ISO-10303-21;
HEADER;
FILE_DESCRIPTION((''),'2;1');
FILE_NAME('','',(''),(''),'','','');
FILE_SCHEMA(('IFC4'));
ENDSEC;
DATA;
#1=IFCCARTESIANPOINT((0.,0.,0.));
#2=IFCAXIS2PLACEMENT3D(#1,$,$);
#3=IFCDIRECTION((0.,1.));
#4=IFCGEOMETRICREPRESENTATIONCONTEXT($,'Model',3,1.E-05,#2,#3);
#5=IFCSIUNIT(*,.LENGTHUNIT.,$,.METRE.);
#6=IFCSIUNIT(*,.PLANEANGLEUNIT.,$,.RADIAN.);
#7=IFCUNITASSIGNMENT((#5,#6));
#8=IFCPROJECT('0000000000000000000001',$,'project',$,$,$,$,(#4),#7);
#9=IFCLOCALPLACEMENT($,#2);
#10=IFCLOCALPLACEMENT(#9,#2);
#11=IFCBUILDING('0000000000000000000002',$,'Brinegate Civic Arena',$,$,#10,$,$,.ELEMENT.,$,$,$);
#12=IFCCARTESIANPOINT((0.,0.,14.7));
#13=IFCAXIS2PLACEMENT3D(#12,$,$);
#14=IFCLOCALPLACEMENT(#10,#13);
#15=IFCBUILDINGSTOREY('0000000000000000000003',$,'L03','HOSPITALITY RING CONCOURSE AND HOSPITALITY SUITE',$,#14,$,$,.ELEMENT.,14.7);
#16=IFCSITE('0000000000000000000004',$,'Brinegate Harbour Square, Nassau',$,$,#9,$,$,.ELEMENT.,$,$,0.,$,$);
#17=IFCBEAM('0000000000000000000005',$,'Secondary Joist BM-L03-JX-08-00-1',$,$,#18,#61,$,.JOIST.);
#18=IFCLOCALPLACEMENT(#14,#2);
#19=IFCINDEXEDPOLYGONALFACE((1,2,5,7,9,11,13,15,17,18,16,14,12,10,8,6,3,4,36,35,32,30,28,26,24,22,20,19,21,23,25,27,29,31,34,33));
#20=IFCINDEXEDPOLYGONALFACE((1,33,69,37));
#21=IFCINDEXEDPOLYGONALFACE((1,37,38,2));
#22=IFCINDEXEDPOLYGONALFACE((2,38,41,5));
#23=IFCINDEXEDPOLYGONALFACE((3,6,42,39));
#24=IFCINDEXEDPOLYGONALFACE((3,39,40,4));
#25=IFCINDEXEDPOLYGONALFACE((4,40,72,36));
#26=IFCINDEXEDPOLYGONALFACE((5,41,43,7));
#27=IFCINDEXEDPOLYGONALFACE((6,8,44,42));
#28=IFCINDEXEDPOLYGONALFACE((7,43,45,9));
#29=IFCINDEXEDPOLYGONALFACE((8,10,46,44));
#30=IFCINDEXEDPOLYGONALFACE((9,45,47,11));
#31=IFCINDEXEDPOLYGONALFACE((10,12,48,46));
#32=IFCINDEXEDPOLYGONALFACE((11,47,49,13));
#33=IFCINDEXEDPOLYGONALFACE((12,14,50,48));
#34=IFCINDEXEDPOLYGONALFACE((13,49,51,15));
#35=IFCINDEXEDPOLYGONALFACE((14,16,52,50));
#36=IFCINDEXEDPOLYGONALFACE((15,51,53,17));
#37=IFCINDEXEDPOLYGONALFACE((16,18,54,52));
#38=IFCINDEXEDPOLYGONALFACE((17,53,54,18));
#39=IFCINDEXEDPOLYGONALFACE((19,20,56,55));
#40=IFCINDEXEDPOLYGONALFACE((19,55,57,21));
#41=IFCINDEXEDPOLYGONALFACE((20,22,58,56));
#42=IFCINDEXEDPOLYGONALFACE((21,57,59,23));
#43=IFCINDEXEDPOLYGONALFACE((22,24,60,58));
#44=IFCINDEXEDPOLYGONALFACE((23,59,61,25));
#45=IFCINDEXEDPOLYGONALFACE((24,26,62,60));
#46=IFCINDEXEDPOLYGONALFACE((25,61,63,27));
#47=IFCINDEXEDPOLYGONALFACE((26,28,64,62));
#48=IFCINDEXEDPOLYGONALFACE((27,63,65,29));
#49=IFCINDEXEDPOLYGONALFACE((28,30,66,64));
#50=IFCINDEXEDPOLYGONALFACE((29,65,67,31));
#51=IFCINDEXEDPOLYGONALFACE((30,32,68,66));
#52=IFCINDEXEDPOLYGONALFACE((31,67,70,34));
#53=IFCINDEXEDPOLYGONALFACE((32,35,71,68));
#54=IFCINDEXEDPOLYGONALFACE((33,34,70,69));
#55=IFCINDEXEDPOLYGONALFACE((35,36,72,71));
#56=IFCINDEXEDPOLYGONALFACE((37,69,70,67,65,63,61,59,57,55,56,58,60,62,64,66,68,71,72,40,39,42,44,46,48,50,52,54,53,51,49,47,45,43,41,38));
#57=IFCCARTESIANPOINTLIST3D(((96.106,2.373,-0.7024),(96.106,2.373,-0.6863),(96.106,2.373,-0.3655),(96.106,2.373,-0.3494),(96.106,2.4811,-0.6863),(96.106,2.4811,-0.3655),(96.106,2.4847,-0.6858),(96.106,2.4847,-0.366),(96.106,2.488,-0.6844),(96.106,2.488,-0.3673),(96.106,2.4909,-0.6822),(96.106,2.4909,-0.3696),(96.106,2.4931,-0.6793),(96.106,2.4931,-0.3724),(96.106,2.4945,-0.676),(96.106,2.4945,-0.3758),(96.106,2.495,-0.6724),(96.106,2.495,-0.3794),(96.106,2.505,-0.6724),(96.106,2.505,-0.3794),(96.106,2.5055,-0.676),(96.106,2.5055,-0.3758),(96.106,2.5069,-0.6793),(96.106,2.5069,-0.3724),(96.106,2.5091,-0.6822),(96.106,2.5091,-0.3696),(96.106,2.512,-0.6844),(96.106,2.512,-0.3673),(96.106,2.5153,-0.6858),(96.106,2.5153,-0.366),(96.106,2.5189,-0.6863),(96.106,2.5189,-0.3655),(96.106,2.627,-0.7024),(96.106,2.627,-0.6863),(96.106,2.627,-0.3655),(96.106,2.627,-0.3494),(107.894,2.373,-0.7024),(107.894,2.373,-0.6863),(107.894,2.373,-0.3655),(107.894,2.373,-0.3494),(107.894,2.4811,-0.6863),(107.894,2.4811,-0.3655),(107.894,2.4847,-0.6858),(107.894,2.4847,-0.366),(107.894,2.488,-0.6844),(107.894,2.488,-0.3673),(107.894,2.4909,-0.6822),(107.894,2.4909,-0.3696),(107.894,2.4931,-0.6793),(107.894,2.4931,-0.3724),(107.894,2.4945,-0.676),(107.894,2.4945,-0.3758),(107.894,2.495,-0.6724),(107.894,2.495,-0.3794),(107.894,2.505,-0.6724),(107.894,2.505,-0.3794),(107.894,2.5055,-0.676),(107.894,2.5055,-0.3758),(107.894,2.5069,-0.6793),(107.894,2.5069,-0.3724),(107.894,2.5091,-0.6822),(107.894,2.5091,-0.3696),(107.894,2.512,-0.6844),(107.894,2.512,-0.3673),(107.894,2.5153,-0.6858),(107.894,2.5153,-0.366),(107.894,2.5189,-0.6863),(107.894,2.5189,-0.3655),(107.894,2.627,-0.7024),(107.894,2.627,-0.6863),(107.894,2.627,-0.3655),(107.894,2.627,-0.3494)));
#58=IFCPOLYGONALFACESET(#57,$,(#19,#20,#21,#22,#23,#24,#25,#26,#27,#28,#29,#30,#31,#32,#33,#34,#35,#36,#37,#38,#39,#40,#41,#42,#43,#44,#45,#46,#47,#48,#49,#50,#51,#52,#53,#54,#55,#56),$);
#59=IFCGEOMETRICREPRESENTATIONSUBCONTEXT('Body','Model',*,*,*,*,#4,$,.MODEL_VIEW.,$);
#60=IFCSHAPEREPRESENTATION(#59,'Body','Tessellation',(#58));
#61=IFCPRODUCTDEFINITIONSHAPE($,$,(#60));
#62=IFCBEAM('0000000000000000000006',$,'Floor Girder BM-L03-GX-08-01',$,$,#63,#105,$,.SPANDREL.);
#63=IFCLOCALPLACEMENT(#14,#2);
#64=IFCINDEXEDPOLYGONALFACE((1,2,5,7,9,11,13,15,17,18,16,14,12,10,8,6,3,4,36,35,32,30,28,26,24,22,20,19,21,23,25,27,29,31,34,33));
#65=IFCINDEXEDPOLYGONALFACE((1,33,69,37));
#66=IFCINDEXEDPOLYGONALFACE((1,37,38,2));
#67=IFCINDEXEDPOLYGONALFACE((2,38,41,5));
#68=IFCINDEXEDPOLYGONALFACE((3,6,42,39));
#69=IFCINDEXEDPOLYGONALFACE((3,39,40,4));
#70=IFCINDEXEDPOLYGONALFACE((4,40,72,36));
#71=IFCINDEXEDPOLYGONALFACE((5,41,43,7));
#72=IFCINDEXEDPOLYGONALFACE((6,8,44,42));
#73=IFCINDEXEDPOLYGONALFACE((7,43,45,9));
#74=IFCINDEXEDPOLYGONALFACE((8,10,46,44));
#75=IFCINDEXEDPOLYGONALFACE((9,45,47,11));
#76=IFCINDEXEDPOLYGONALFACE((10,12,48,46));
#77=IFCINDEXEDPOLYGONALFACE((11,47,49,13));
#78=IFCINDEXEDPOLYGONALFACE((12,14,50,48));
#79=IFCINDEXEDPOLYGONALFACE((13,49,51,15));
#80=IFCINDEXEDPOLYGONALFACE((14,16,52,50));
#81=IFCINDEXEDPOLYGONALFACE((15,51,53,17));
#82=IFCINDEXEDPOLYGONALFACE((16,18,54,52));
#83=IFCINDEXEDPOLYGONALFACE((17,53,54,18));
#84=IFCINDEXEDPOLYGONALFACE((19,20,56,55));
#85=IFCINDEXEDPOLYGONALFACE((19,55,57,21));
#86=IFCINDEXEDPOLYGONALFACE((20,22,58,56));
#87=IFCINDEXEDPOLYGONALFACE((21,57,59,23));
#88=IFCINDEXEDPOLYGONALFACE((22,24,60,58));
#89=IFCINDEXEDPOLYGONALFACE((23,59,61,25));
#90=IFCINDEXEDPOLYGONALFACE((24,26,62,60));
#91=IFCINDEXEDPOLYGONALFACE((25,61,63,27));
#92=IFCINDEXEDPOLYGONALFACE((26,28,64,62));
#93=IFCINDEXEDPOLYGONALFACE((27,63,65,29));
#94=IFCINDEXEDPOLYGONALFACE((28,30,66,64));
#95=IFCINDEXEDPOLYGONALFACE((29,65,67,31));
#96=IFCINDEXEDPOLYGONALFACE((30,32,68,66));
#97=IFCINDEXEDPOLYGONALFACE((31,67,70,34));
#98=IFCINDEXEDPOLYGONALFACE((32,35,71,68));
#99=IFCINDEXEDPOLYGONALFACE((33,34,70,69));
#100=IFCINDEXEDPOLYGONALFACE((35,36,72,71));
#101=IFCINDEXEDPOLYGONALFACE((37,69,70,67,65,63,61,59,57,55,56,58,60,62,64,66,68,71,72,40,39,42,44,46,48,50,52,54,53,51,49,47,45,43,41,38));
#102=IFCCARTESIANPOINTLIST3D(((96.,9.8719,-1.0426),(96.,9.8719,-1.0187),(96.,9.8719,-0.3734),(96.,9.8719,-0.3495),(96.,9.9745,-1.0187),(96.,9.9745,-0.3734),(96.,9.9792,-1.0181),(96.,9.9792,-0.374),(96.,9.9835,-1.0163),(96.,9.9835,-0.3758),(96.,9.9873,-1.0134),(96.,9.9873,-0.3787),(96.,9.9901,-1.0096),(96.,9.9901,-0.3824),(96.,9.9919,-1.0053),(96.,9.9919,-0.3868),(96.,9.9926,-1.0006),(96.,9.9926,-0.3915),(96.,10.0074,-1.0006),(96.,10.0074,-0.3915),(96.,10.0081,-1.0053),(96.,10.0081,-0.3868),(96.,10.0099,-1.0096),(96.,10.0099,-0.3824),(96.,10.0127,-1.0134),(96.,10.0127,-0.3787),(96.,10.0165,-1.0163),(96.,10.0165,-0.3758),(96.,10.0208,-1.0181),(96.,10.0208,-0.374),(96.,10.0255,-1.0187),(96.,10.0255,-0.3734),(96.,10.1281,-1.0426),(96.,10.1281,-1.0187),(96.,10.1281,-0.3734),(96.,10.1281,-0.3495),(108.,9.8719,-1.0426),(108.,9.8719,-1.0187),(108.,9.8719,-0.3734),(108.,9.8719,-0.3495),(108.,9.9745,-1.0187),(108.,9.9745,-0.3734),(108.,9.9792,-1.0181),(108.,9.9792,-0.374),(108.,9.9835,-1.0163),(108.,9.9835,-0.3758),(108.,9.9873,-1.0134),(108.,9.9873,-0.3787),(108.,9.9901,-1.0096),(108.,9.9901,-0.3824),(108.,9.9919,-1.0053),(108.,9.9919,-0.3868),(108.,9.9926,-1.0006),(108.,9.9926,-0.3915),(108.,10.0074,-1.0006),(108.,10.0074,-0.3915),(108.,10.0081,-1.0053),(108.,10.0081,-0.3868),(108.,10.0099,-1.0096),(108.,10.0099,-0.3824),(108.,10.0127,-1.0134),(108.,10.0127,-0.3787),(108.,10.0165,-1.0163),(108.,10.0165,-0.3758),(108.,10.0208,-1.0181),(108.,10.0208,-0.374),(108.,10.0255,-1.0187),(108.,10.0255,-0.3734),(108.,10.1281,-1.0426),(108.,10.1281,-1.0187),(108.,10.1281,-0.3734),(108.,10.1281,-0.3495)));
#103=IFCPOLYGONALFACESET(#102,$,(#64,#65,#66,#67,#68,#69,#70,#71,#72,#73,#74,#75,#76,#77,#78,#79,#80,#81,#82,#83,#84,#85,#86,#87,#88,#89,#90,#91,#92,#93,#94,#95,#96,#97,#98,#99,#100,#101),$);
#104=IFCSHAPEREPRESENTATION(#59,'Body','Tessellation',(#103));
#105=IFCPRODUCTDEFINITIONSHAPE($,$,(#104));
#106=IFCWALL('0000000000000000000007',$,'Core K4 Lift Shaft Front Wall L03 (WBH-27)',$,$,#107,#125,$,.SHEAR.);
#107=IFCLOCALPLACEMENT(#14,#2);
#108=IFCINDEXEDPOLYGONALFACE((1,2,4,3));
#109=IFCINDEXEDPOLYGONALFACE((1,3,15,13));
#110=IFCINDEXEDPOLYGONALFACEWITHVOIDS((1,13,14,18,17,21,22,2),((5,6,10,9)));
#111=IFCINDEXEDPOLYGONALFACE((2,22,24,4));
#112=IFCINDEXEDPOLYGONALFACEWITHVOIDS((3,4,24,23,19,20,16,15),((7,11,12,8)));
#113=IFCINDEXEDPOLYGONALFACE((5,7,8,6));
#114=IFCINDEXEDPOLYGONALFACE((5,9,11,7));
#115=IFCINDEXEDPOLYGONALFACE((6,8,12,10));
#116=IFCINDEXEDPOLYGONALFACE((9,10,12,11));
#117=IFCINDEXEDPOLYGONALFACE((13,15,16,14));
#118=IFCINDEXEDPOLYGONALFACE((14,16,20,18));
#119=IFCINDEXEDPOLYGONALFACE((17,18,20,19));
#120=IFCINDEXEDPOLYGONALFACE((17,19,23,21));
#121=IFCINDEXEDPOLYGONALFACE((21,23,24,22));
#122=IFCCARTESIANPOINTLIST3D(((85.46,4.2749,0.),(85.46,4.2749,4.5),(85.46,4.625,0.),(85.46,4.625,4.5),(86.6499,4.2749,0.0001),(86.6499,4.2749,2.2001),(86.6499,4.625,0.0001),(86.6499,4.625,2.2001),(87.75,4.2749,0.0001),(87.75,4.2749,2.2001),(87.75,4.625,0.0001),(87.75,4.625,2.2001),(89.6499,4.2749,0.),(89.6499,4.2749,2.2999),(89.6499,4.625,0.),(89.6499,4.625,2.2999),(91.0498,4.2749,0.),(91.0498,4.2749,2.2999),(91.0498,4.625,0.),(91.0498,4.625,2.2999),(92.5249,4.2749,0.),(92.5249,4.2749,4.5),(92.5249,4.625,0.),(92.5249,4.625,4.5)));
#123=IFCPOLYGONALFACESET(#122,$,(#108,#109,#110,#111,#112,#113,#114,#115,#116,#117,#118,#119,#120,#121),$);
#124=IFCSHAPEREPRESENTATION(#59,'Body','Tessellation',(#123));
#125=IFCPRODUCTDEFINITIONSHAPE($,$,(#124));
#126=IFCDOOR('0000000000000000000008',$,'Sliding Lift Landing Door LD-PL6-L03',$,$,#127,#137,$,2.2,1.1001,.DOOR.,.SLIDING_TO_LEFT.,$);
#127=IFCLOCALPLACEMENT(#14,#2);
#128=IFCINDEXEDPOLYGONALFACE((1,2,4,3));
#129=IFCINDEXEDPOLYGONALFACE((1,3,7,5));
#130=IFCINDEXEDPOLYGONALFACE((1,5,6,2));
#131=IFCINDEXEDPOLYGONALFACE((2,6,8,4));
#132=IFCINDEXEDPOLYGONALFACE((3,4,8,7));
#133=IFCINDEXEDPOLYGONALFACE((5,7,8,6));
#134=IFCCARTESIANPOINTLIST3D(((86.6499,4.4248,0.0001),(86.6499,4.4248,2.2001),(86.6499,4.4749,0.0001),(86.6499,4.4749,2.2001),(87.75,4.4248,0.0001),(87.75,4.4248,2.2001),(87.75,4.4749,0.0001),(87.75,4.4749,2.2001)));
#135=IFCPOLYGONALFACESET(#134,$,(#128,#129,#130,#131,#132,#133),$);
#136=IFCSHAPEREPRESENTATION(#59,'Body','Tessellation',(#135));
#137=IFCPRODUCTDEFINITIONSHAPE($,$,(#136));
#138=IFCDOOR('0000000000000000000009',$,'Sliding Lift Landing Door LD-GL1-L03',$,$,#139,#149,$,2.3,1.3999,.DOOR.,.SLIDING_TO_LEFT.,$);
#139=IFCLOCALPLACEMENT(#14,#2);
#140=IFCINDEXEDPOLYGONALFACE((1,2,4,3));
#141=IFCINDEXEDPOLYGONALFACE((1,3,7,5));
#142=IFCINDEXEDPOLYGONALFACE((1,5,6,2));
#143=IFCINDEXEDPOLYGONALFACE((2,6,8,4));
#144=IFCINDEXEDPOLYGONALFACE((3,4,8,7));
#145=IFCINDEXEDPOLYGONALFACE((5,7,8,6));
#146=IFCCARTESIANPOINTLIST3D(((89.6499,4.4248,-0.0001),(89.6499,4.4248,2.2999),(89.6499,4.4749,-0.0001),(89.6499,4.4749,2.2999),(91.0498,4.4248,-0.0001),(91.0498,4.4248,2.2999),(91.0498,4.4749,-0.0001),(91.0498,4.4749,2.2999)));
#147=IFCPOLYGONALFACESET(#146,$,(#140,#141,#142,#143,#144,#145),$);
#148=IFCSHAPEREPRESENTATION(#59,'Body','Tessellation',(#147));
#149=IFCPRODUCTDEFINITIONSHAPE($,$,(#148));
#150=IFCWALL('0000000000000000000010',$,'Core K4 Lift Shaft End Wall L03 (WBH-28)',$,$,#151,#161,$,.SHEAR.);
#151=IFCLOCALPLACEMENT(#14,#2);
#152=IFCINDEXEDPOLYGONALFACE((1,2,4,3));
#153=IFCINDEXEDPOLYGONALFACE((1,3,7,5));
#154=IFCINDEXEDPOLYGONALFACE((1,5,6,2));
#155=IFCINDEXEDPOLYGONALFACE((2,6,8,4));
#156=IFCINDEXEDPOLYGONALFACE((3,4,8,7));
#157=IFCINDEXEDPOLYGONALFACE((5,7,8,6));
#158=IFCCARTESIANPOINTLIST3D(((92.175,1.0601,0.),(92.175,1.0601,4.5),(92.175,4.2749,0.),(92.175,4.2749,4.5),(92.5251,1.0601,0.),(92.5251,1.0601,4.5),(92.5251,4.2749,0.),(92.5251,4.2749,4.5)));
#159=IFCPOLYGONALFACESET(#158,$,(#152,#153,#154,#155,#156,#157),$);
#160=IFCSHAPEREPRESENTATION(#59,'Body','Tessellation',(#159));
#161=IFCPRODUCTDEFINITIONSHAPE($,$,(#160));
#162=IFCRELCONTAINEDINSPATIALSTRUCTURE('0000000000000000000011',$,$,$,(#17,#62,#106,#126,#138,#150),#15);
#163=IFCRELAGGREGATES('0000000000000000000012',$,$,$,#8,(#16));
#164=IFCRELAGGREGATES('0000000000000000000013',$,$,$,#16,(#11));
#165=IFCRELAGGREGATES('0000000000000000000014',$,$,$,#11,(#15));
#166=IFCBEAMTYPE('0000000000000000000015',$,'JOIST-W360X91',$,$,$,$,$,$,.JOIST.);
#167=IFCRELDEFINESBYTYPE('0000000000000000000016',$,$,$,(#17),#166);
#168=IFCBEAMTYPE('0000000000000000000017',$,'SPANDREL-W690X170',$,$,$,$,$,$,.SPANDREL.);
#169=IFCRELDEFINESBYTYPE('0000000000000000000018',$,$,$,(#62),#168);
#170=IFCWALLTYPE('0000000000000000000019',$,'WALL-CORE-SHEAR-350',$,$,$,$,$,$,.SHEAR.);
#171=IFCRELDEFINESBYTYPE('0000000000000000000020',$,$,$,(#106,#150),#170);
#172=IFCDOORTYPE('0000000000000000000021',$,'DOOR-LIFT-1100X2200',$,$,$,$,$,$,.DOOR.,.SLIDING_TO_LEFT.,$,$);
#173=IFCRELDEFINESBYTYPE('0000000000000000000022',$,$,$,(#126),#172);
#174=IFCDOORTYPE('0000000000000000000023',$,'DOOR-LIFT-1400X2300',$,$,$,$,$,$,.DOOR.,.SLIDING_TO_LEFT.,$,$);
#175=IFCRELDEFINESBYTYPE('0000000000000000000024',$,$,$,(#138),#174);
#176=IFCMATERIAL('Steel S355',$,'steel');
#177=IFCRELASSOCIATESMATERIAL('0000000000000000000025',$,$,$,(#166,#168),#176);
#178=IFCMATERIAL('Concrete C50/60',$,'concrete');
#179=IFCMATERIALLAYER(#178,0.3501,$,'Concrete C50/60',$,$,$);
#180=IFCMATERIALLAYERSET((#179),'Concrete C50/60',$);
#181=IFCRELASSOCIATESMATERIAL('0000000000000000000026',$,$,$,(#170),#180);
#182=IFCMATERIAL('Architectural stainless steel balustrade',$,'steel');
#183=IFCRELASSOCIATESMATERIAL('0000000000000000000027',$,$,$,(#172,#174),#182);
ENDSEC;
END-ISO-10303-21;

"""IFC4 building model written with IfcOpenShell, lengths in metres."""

from ifc_helpers import new_model, si_unit, direction, frame, frame_2d, origin, origin_2d, place, context, subcontext, project, spatial, rectangle, i_section, extrude, material, layer, layer_set, material_profile, profile_set, type_object, element, fill, save


model = new_model("IFC4")

# Units and contexts
model_context = context("Model", 3, precision=1e-05, world=origin(), true_north=direction((0.0, 1.0)))
body_context = subcontext(model_context, "Body", "Model", "MODEL_VIEW")
ifc_project = project(units=[si_unit("LENGTHUNIT", "METRE"), si_unit("PLANEANGLEUNIT", "RADIAN")], contexts=[model_context])

# Site, building, storey
site_placement = place(None, origin())
site = spatial("IfcSite", under=ifc_project, at=site_placement, Name="Brinegate Harbour Square, Nassau", CompositionType="ELEMENT", RefElevation=0.0)
building_placement = place(site_placement, origin())
building = spatial("IfcBuilding", under=site, at=building_placement, Name="Brinegate Civic Arena", CompositionType="ELEMENT")
storey_placement = place(building_placement, frame((0.0, 0.0, 14.7)))
storey = spatial("IfcBuildingStorey", under=building, at=storey_placement, Name="L03", Description="HOSPITALITY RING CONCOURSE AND HOSPITALITY SUITE", CompositionType="ELEMENT", Elevation=14.7)

# Shared definitions
ifc_material_1 = material(Name="Concrete C50/60", Category="concrete")

# Beams
ifc_material_2 = material(Name="Steel S355", Category="steel")
ifc_material_profile_1 = material_profile(ifc_material_2, i_section(OverallWidth=0.2539, OverallDepth=0.353, WebThickness=0.01, FlangeThickness=0.0161, FilletRadius=0.0139, at=origin_2d()), Name="W360X91")
ifc_profile_set_1 = profile_set([ifc_material_profile_1], Name="Steel S355")
beam_type_1 = type_object("IfcBeamType", Name="JOIST-W360X91", PredefinedType="JOIST", material=ifc_profile_set_1)
beam_1_placement = place(storey_placement, frame((96.106, 2.5, -0.5259), z_axis=(1.0, 0.0, 0.0), x_axis=(0.0, 1.0, 0.0)))
element("IfcBeam", 1, at=beam_1_placement, inside=storey, type_object=beam_type_1, Name="Secondary Joist BM-L03-JX-08-00-1", PredefinedType="JOIST", context=body_context, shape_type="SweptSolid", body=[
    extrude(i_section(OverallWidth=0.2539, OverallDepth=0.353, WebThickness=0.01, FlangeThickness=0.0161, FilletRadius=0.0139, at=origin_2d()), origin(), (0.0, 0.0, 1.0), 11.7881),
])
ifc_material_profile_2 = material_profile(ifc_material_2, i_section(OverallWidth=0.2561, OverallDepth=0.6931, WebThickness=0.0149, FlangeThickness=0.0239, FilletRadius=0.0181, at=origin_2d()), Name="W690X170")
ifc_profile_set_2 = profile_set([ifc_material_profile_2], Name="Steel S355")
beam_type_2 = type_object("IfcBeamType", Name="SPANDREL-W690X170", PredefinedType="SPANDREL", material=ifc_profile_set_2)
beam_2_placement = place(storey_placement, frame((96.0, 10.0, -0.696), z_axis=(1.0, 0.0, 0.0), x_axis=(0.0, 1.0, 0.0)))
element("IfcBeam", 2, at=beam_2_placement, inside=storey, type_object=beam_type_2, Name="Floor Girder BM-L03-GX-08-01", PredefinedType="SPANDREL", context=body_context, shape_type="SweptSolid", body=[
    extrude(i_section(OverallWidth=0.2561, OverallDepth=0.6931, WebThickness=0.0149, FlangeThickness=0.0239, FilletRadius=0.0181, at=origin_2d()), origin(), (0.0, 0.0, 1.0), 12.0),
])

# Wall, openings, doors
ifc_layer_1 = layer(ifc_material_1, 0.3501, Name="Concrete C50/60")
ifc_layer_set_1 = layer_set([ifc_layer_1], Name="Concrete C50/60")
wall_type_1 = type_object("IfcWallType", Name="WALL-CORE-SHEAR-350", PredefinedType="SHEAR", material=ifc_layer_set_1)
wall_1_placement = place(storey_placement, frame((85.46, 4.45, 0.0), z_axis=(0.0, 0.0, 1.0), x_axis=(1.0, 0.0, 0.0)))
wall_1 = element("IfcWall", 3, at=wall_1_placement, inside=storey, type_object=wall_type_1, Name="Core K4 Lift Shaft Front Wall L03 (WBH-27)", PredefinedType="SHEAR", context=body_context, shape_type="SweptSolid", body=[
    extrude(rectangle(XDim=7.0649, YDim=0.3501, at=frame_2d((3.5325, 0.0))), origin(), (0.0, 0.0, 1.0), 4.5),
])
opening_1_placement = place(wall_1_placement, frame((1.1899, 0.0, 0.0)))
opening_1 = element("IfcOpeningElement", 4, at=opening_1_placement, cuts=wall_1, PredefinedType="OPENING", context=body_context, shape_type="SweptSolid", body=[
    extrude(rectangle(XDim=1.1001, YDim=2.2, at=frame_2d((0.55, 1.1001))), frame((0.0, 0.1851, 0.0), z_axis=(0.0, -1.0, 0.0), x_axis=(1.0, 0.0, 0.0)), (0.0, 0.0, 1.0), 0.3701),
])
opening_2_placement = place(wall_1_placement, frame((4.1899, 0.0, 0.0)))
opening_2 = element("IfcOpeningElement", 5, at=opening_2_placement, cuts=wall_1, PredefinedType="OPENING", context=body_context, shape_type="SweptSolid", body=[
    extrude(rectangle(XDim=1.3999, YDim=2.3, at=frame_2d((0.7, 1.1499))), frame((0.0, 0.1851, 0.0), z_axis=(0.0, -1.0, 0.0), x_axis=(1.0, 0.0, 0.0)), (0.0, 0.0, 1.0), 0.3701),
])
ifc_material_3 = material(Name="Architectural stainless steel balustrade", Category="steel")
door_type_1 = type_object("IfcDoorType", Name="DOOR-LIFT-1100X2200", OperationType="SLIDING_TO_LEFT", PredefinedType="DOOR", material=ifc_material_3)
door_1_placement = place(opening_1_placement, origin())
door_1 = element("IfcDoor", 6, at=door_1_placement, inside=storey, type_object=door_type_1, Name="Sliding Lift Landing Door LD-PL6-L03", OperationType="SLIDING_TO_LEFT", OverallHeight=2.2, OverallWidth=1.1001, PredefinedType="DOOR", context=body_context, shape_type="SweptSolid", body=[
    extrude(rectangle(XDim=1.1001, YDim=2.2, at=frame_2d((0.55, 1.1001))), frame((0.0, 0.0249, 0.0), z_axis=(0.0, -1.0, 0.0), x_axis=(1.0, 0.0, 0.0)), (0.0, 0.0, 1.0), 0.05),
])
fill(opening_1, door_1)
door_type_2 = type_object("IfcDoorType", Name="DOOR-LIFT-1400X2300", OperationType="SLIDING_TO_LEFT", PredefinedType="DOOR", material=ifc_material_3)
door_2_placement = place(opening_2_placement, origin())
door_2 = element("IfcDoor", 7, at=door_2_placement, inside=storey, type_object=door_type_2, Name="Sliding Lift Landing Door LD-GL1-L03", OperationType="SLIDING_TO_LEFT", OverallHeight=2.3, OverallWidth=1.3999, PredefinedType="DOOR", context=body_context, shape_type="SweptSolid", body=[
    extrude(rectangle(XDim=1.3999, YDim=2.3, at=frame_2d((0.7, 1.1499))), frame((0.0, 0.0249, 0.0), z_axis=(0.0, -1.0, 0.0), x_axis=(1.0, 0.0, 0.0)), (0.0, 0.0, 1.0), 0.05),
])
fill(opening_2, door_2)

# Wall
wall_2_placement = place(storey_placement, frame((92.3501, 1.0601, 0.0), z_axis=(0.0, 0.0, 1.0), x_axis=(0.0, 1.0, 0.0)))
element("IfcWall", 8, at=wall_2_placement, inside=storey, type_object=wall_type_1, Name="Core K4 Lift Shaft End Wall L03 (WBH-28)", PredefinedType="SHEAR", context=body_context, shape_type="SweptSolid", body=[
    extrude(rectangle(XDim=3.2148, YDim=0.3501, at=frame_2d((1.6074, 0.0))), origin(), (0.0, 0.0, 1.0), 4.5),
])

save(model, "model.ifc")
